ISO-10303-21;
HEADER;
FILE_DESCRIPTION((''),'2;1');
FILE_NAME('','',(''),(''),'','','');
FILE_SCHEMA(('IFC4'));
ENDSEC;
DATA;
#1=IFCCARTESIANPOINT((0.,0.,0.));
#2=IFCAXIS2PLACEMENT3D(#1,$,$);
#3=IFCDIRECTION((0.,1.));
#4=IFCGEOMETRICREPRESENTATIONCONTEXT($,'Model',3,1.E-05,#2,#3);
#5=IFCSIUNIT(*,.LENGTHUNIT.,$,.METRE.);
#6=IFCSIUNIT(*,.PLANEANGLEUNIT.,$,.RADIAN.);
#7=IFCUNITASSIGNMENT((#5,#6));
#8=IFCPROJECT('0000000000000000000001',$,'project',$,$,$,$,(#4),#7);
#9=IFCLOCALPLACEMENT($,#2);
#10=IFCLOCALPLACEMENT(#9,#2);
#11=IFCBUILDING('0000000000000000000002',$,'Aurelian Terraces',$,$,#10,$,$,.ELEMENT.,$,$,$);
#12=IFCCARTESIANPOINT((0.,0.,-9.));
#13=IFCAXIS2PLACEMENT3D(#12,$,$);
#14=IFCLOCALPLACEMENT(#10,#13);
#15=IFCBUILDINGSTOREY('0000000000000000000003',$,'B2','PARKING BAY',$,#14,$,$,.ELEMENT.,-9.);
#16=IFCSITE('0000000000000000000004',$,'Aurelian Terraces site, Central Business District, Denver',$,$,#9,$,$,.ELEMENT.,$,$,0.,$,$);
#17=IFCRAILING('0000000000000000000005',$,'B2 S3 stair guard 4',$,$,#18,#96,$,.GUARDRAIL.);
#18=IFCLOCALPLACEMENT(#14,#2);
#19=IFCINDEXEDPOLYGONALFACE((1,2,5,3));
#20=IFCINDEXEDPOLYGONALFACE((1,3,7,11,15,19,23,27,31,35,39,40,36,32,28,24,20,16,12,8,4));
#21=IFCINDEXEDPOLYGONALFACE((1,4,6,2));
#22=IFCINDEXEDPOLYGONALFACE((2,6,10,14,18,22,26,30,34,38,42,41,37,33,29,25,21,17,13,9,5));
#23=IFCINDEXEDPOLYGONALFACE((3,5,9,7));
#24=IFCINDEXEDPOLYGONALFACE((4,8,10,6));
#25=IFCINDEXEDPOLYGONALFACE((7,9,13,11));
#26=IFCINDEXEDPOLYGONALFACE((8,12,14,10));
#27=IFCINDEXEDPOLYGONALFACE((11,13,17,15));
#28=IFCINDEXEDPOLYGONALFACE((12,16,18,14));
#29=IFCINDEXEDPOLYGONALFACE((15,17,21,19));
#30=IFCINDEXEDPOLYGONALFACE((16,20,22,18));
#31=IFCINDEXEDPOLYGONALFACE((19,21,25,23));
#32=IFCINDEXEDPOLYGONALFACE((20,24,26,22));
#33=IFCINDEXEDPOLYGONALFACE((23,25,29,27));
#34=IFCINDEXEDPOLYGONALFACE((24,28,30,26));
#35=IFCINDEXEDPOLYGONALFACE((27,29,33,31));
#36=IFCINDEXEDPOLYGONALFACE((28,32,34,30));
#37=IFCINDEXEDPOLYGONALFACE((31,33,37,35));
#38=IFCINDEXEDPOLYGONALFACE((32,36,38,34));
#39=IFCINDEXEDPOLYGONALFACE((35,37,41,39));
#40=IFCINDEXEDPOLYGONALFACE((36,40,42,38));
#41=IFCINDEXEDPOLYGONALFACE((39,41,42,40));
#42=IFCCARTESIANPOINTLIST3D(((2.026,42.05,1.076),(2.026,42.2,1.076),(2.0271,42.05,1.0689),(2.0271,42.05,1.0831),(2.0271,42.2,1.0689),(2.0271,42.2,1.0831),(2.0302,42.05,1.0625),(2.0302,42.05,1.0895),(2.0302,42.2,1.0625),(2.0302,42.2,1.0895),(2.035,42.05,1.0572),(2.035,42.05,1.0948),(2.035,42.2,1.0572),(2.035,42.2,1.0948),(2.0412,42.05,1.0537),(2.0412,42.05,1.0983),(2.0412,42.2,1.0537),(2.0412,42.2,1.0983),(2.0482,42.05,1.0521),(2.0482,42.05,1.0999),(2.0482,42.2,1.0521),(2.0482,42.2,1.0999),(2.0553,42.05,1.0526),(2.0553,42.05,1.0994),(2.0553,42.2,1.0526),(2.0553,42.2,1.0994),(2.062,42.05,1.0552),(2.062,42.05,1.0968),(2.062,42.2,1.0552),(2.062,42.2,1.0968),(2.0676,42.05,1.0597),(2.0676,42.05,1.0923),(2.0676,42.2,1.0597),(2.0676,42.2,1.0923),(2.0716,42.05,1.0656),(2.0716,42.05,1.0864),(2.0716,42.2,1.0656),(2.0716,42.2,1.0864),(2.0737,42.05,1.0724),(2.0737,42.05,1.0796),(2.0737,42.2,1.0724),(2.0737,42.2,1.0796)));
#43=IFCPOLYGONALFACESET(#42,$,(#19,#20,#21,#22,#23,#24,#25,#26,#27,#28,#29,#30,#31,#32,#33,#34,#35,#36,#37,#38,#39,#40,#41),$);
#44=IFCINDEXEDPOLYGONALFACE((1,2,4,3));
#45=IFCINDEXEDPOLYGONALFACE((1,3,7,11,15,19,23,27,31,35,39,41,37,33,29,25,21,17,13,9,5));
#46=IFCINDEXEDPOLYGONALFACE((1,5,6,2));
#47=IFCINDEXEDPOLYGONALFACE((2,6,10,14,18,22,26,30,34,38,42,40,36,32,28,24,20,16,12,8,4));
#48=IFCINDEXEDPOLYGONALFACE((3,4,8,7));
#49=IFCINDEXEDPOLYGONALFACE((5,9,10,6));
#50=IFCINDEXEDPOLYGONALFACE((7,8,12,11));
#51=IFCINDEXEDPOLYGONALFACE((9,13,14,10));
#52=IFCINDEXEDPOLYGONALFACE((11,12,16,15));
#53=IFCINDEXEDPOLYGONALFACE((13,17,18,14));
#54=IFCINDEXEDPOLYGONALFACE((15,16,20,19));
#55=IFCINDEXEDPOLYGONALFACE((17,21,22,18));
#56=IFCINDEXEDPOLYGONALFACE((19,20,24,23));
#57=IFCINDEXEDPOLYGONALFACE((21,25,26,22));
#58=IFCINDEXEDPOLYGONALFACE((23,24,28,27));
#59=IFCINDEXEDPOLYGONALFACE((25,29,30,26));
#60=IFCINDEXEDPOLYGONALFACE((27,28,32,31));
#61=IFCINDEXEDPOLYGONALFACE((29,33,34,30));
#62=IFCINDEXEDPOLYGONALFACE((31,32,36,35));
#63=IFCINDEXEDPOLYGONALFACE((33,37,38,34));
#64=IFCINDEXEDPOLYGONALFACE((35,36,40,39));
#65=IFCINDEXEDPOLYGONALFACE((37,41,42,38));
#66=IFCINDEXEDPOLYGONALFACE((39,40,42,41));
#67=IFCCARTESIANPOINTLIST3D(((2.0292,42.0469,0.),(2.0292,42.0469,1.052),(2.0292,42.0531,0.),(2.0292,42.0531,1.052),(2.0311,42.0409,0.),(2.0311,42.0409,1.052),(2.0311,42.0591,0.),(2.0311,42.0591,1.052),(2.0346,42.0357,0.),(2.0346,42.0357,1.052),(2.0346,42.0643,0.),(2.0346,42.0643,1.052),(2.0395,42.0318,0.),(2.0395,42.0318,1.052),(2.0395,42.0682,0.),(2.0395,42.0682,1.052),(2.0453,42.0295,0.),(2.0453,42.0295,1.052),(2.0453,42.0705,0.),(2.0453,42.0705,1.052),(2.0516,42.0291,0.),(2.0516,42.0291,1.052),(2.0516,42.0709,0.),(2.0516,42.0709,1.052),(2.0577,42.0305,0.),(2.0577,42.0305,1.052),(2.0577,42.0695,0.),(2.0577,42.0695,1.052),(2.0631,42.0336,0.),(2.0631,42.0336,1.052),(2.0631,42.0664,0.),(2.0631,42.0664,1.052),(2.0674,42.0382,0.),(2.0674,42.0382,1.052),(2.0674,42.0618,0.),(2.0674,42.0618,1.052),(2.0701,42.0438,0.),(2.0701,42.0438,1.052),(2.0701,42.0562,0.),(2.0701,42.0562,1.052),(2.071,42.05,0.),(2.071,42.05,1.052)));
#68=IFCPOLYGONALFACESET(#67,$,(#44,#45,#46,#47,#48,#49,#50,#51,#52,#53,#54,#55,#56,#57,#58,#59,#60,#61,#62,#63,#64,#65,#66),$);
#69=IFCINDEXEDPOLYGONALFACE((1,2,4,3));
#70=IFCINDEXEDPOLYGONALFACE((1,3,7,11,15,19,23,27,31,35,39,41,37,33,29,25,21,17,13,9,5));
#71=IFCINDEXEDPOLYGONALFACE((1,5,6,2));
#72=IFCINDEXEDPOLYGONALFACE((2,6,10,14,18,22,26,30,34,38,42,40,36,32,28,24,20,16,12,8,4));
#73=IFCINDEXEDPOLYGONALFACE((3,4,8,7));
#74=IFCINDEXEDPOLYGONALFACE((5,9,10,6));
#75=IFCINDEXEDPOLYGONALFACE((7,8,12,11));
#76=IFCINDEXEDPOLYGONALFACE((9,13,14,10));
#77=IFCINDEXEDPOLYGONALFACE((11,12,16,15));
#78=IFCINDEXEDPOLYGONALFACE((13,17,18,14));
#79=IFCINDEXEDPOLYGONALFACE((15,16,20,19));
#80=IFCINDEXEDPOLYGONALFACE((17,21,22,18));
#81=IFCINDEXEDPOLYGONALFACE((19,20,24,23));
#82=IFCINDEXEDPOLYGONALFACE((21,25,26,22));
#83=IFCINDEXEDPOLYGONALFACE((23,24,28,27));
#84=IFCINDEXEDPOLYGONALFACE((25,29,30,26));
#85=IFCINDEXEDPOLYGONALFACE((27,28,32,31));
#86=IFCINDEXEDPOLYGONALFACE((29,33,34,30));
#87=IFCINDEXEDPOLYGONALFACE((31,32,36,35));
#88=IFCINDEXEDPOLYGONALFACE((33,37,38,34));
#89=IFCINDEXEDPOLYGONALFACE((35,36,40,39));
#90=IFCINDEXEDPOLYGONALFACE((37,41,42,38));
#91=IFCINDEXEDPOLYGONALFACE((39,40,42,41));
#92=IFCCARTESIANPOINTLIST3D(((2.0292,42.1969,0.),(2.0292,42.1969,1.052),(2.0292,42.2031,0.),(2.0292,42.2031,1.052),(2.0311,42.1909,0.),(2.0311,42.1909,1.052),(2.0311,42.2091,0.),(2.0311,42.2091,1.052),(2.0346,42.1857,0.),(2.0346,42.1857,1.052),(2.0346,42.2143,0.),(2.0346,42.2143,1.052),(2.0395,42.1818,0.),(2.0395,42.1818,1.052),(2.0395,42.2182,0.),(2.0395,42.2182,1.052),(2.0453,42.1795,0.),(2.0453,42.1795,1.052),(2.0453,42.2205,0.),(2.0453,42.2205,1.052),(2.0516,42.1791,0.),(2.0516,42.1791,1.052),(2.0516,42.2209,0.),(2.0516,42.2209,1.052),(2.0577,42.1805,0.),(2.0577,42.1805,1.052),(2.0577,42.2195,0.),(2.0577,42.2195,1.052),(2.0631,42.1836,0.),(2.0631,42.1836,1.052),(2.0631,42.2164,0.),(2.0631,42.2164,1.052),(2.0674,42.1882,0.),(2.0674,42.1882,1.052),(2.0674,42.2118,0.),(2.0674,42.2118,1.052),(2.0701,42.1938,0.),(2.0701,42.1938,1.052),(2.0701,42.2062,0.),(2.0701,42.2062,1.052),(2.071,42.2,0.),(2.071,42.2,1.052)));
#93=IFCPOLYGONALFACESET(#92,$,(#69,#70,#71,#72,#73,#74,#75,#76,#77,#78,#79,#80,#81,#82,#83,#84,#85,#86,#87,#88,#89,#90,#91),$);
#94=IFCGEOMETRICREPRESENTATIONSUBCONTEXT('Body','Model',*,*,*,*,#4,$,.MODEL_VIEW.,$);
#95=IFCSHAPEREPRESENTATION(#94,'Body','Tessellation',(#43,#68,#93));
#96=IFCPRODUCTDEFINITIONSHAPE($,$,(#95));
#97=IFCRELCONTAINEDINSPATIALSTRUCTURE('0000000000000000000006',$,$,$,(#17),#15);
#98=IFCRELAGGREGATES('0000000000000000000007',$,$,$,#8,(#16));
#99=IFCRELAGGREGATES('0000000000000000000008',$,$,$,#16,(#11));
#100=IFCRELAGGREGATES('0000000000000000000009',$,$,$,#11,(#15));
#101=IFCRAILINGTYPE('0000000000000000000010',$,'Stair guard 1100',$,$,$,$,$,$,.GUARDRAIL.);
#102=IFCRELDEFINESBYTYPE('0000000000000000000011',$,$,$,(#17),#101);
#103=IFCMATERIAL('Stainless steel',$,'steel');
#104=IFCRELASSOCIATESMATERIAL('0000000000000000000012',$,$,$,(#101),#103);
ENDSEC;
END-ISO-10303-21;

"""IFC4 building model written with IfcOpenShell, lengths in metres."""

from ifc_helpers import new_model, si_unit, direction, frame, origin, origin_2d, place, context, subcontext, project, spatial, circle, extrude, source, transform, mapped, material, type_object, element, save


model = new_model("IFC4")

# Units and contexts
model_context = context("Model", 3, precision=1e-05, world=origin(), true_north=direction((0.0, 1.0)))
body_context = subcontext(model_context, "Body", "Model", "MODEL_VIEW")
ifc_project = project(units=[si_unit("LENGTHUNIT", "METRE"), si_unit("PLANEANGLEUNIT", "RADIAN")], contexts=[model_context])

# Site, building, storey
site_placement = place(None, origin())
site = spatial("IfcSite", under=ifc_project, at=site_placement, Name="Aurelian Terraces site, Central Business District, Denver", CompositionType="ELEMENT", RefElevation=0.0)
building_placement = place(site_placement, origin())
building = spatial("IfcBuilding", under=site, at=building_placement, Name="Aurelian Terraces", CompositionType="ELEMENT")
storey_placement = place(building_placement, frame((0.0, 0.0, -9.0)))
storey = spatial("IfcBuildingStorey", under=building, at=storey_placement, Name="B2", Description="PARKING BAY", CompositionType="ELEMENT", Elevation=-9.0)

# Railing
ifc_material_1 = material(Name="Stainless steel", Category="steel")
railing_type_1 = type_object("IfcRailingType", Name="Stair guard 1100", PredefinedType="GUARDRAIL", material=ifc_material_1)
shared_shape_1 = source(origin(), body_context, "Body", "SweptSolid", [
    extrude(circle(Radius=0.024, at=origin_2d()), frame((0.0, 0.0, 1.076), z_axis=(0.0, 1.0, 0.0), x_axis=(-1.0, 0.0, 0.0)), (0.0, 0.0, 1.0), 0.15),
    extrude(circle(Radius=0.021, at=origin_2d()), origin(), (0.0, 0.0, 1.0), 1.052),
    extrude(circle(Radius=0.021, at=origin_2d()), frame((0.0, 0.15, 0.0)), (0.0, 0.0, 1.0), 1.052),
])
for number, where, name in (
    (1, (2.05, 42.05, 0.0), "B2 S3 stair guard 4"),
):
    element("IfcRailing", number, at=place(storey_placement, frame(where)), inside=storey, type_object=railing_type_1, Name=name, PredefinedType="GUARDRAIL", context=body_context, shape_type="MappedRepresentation", body=[
        mapped(shared_shape_1, transform((0.0, 0.0, 0.0), scale=1.0)),
    ])

save(model, "model.ifc")
